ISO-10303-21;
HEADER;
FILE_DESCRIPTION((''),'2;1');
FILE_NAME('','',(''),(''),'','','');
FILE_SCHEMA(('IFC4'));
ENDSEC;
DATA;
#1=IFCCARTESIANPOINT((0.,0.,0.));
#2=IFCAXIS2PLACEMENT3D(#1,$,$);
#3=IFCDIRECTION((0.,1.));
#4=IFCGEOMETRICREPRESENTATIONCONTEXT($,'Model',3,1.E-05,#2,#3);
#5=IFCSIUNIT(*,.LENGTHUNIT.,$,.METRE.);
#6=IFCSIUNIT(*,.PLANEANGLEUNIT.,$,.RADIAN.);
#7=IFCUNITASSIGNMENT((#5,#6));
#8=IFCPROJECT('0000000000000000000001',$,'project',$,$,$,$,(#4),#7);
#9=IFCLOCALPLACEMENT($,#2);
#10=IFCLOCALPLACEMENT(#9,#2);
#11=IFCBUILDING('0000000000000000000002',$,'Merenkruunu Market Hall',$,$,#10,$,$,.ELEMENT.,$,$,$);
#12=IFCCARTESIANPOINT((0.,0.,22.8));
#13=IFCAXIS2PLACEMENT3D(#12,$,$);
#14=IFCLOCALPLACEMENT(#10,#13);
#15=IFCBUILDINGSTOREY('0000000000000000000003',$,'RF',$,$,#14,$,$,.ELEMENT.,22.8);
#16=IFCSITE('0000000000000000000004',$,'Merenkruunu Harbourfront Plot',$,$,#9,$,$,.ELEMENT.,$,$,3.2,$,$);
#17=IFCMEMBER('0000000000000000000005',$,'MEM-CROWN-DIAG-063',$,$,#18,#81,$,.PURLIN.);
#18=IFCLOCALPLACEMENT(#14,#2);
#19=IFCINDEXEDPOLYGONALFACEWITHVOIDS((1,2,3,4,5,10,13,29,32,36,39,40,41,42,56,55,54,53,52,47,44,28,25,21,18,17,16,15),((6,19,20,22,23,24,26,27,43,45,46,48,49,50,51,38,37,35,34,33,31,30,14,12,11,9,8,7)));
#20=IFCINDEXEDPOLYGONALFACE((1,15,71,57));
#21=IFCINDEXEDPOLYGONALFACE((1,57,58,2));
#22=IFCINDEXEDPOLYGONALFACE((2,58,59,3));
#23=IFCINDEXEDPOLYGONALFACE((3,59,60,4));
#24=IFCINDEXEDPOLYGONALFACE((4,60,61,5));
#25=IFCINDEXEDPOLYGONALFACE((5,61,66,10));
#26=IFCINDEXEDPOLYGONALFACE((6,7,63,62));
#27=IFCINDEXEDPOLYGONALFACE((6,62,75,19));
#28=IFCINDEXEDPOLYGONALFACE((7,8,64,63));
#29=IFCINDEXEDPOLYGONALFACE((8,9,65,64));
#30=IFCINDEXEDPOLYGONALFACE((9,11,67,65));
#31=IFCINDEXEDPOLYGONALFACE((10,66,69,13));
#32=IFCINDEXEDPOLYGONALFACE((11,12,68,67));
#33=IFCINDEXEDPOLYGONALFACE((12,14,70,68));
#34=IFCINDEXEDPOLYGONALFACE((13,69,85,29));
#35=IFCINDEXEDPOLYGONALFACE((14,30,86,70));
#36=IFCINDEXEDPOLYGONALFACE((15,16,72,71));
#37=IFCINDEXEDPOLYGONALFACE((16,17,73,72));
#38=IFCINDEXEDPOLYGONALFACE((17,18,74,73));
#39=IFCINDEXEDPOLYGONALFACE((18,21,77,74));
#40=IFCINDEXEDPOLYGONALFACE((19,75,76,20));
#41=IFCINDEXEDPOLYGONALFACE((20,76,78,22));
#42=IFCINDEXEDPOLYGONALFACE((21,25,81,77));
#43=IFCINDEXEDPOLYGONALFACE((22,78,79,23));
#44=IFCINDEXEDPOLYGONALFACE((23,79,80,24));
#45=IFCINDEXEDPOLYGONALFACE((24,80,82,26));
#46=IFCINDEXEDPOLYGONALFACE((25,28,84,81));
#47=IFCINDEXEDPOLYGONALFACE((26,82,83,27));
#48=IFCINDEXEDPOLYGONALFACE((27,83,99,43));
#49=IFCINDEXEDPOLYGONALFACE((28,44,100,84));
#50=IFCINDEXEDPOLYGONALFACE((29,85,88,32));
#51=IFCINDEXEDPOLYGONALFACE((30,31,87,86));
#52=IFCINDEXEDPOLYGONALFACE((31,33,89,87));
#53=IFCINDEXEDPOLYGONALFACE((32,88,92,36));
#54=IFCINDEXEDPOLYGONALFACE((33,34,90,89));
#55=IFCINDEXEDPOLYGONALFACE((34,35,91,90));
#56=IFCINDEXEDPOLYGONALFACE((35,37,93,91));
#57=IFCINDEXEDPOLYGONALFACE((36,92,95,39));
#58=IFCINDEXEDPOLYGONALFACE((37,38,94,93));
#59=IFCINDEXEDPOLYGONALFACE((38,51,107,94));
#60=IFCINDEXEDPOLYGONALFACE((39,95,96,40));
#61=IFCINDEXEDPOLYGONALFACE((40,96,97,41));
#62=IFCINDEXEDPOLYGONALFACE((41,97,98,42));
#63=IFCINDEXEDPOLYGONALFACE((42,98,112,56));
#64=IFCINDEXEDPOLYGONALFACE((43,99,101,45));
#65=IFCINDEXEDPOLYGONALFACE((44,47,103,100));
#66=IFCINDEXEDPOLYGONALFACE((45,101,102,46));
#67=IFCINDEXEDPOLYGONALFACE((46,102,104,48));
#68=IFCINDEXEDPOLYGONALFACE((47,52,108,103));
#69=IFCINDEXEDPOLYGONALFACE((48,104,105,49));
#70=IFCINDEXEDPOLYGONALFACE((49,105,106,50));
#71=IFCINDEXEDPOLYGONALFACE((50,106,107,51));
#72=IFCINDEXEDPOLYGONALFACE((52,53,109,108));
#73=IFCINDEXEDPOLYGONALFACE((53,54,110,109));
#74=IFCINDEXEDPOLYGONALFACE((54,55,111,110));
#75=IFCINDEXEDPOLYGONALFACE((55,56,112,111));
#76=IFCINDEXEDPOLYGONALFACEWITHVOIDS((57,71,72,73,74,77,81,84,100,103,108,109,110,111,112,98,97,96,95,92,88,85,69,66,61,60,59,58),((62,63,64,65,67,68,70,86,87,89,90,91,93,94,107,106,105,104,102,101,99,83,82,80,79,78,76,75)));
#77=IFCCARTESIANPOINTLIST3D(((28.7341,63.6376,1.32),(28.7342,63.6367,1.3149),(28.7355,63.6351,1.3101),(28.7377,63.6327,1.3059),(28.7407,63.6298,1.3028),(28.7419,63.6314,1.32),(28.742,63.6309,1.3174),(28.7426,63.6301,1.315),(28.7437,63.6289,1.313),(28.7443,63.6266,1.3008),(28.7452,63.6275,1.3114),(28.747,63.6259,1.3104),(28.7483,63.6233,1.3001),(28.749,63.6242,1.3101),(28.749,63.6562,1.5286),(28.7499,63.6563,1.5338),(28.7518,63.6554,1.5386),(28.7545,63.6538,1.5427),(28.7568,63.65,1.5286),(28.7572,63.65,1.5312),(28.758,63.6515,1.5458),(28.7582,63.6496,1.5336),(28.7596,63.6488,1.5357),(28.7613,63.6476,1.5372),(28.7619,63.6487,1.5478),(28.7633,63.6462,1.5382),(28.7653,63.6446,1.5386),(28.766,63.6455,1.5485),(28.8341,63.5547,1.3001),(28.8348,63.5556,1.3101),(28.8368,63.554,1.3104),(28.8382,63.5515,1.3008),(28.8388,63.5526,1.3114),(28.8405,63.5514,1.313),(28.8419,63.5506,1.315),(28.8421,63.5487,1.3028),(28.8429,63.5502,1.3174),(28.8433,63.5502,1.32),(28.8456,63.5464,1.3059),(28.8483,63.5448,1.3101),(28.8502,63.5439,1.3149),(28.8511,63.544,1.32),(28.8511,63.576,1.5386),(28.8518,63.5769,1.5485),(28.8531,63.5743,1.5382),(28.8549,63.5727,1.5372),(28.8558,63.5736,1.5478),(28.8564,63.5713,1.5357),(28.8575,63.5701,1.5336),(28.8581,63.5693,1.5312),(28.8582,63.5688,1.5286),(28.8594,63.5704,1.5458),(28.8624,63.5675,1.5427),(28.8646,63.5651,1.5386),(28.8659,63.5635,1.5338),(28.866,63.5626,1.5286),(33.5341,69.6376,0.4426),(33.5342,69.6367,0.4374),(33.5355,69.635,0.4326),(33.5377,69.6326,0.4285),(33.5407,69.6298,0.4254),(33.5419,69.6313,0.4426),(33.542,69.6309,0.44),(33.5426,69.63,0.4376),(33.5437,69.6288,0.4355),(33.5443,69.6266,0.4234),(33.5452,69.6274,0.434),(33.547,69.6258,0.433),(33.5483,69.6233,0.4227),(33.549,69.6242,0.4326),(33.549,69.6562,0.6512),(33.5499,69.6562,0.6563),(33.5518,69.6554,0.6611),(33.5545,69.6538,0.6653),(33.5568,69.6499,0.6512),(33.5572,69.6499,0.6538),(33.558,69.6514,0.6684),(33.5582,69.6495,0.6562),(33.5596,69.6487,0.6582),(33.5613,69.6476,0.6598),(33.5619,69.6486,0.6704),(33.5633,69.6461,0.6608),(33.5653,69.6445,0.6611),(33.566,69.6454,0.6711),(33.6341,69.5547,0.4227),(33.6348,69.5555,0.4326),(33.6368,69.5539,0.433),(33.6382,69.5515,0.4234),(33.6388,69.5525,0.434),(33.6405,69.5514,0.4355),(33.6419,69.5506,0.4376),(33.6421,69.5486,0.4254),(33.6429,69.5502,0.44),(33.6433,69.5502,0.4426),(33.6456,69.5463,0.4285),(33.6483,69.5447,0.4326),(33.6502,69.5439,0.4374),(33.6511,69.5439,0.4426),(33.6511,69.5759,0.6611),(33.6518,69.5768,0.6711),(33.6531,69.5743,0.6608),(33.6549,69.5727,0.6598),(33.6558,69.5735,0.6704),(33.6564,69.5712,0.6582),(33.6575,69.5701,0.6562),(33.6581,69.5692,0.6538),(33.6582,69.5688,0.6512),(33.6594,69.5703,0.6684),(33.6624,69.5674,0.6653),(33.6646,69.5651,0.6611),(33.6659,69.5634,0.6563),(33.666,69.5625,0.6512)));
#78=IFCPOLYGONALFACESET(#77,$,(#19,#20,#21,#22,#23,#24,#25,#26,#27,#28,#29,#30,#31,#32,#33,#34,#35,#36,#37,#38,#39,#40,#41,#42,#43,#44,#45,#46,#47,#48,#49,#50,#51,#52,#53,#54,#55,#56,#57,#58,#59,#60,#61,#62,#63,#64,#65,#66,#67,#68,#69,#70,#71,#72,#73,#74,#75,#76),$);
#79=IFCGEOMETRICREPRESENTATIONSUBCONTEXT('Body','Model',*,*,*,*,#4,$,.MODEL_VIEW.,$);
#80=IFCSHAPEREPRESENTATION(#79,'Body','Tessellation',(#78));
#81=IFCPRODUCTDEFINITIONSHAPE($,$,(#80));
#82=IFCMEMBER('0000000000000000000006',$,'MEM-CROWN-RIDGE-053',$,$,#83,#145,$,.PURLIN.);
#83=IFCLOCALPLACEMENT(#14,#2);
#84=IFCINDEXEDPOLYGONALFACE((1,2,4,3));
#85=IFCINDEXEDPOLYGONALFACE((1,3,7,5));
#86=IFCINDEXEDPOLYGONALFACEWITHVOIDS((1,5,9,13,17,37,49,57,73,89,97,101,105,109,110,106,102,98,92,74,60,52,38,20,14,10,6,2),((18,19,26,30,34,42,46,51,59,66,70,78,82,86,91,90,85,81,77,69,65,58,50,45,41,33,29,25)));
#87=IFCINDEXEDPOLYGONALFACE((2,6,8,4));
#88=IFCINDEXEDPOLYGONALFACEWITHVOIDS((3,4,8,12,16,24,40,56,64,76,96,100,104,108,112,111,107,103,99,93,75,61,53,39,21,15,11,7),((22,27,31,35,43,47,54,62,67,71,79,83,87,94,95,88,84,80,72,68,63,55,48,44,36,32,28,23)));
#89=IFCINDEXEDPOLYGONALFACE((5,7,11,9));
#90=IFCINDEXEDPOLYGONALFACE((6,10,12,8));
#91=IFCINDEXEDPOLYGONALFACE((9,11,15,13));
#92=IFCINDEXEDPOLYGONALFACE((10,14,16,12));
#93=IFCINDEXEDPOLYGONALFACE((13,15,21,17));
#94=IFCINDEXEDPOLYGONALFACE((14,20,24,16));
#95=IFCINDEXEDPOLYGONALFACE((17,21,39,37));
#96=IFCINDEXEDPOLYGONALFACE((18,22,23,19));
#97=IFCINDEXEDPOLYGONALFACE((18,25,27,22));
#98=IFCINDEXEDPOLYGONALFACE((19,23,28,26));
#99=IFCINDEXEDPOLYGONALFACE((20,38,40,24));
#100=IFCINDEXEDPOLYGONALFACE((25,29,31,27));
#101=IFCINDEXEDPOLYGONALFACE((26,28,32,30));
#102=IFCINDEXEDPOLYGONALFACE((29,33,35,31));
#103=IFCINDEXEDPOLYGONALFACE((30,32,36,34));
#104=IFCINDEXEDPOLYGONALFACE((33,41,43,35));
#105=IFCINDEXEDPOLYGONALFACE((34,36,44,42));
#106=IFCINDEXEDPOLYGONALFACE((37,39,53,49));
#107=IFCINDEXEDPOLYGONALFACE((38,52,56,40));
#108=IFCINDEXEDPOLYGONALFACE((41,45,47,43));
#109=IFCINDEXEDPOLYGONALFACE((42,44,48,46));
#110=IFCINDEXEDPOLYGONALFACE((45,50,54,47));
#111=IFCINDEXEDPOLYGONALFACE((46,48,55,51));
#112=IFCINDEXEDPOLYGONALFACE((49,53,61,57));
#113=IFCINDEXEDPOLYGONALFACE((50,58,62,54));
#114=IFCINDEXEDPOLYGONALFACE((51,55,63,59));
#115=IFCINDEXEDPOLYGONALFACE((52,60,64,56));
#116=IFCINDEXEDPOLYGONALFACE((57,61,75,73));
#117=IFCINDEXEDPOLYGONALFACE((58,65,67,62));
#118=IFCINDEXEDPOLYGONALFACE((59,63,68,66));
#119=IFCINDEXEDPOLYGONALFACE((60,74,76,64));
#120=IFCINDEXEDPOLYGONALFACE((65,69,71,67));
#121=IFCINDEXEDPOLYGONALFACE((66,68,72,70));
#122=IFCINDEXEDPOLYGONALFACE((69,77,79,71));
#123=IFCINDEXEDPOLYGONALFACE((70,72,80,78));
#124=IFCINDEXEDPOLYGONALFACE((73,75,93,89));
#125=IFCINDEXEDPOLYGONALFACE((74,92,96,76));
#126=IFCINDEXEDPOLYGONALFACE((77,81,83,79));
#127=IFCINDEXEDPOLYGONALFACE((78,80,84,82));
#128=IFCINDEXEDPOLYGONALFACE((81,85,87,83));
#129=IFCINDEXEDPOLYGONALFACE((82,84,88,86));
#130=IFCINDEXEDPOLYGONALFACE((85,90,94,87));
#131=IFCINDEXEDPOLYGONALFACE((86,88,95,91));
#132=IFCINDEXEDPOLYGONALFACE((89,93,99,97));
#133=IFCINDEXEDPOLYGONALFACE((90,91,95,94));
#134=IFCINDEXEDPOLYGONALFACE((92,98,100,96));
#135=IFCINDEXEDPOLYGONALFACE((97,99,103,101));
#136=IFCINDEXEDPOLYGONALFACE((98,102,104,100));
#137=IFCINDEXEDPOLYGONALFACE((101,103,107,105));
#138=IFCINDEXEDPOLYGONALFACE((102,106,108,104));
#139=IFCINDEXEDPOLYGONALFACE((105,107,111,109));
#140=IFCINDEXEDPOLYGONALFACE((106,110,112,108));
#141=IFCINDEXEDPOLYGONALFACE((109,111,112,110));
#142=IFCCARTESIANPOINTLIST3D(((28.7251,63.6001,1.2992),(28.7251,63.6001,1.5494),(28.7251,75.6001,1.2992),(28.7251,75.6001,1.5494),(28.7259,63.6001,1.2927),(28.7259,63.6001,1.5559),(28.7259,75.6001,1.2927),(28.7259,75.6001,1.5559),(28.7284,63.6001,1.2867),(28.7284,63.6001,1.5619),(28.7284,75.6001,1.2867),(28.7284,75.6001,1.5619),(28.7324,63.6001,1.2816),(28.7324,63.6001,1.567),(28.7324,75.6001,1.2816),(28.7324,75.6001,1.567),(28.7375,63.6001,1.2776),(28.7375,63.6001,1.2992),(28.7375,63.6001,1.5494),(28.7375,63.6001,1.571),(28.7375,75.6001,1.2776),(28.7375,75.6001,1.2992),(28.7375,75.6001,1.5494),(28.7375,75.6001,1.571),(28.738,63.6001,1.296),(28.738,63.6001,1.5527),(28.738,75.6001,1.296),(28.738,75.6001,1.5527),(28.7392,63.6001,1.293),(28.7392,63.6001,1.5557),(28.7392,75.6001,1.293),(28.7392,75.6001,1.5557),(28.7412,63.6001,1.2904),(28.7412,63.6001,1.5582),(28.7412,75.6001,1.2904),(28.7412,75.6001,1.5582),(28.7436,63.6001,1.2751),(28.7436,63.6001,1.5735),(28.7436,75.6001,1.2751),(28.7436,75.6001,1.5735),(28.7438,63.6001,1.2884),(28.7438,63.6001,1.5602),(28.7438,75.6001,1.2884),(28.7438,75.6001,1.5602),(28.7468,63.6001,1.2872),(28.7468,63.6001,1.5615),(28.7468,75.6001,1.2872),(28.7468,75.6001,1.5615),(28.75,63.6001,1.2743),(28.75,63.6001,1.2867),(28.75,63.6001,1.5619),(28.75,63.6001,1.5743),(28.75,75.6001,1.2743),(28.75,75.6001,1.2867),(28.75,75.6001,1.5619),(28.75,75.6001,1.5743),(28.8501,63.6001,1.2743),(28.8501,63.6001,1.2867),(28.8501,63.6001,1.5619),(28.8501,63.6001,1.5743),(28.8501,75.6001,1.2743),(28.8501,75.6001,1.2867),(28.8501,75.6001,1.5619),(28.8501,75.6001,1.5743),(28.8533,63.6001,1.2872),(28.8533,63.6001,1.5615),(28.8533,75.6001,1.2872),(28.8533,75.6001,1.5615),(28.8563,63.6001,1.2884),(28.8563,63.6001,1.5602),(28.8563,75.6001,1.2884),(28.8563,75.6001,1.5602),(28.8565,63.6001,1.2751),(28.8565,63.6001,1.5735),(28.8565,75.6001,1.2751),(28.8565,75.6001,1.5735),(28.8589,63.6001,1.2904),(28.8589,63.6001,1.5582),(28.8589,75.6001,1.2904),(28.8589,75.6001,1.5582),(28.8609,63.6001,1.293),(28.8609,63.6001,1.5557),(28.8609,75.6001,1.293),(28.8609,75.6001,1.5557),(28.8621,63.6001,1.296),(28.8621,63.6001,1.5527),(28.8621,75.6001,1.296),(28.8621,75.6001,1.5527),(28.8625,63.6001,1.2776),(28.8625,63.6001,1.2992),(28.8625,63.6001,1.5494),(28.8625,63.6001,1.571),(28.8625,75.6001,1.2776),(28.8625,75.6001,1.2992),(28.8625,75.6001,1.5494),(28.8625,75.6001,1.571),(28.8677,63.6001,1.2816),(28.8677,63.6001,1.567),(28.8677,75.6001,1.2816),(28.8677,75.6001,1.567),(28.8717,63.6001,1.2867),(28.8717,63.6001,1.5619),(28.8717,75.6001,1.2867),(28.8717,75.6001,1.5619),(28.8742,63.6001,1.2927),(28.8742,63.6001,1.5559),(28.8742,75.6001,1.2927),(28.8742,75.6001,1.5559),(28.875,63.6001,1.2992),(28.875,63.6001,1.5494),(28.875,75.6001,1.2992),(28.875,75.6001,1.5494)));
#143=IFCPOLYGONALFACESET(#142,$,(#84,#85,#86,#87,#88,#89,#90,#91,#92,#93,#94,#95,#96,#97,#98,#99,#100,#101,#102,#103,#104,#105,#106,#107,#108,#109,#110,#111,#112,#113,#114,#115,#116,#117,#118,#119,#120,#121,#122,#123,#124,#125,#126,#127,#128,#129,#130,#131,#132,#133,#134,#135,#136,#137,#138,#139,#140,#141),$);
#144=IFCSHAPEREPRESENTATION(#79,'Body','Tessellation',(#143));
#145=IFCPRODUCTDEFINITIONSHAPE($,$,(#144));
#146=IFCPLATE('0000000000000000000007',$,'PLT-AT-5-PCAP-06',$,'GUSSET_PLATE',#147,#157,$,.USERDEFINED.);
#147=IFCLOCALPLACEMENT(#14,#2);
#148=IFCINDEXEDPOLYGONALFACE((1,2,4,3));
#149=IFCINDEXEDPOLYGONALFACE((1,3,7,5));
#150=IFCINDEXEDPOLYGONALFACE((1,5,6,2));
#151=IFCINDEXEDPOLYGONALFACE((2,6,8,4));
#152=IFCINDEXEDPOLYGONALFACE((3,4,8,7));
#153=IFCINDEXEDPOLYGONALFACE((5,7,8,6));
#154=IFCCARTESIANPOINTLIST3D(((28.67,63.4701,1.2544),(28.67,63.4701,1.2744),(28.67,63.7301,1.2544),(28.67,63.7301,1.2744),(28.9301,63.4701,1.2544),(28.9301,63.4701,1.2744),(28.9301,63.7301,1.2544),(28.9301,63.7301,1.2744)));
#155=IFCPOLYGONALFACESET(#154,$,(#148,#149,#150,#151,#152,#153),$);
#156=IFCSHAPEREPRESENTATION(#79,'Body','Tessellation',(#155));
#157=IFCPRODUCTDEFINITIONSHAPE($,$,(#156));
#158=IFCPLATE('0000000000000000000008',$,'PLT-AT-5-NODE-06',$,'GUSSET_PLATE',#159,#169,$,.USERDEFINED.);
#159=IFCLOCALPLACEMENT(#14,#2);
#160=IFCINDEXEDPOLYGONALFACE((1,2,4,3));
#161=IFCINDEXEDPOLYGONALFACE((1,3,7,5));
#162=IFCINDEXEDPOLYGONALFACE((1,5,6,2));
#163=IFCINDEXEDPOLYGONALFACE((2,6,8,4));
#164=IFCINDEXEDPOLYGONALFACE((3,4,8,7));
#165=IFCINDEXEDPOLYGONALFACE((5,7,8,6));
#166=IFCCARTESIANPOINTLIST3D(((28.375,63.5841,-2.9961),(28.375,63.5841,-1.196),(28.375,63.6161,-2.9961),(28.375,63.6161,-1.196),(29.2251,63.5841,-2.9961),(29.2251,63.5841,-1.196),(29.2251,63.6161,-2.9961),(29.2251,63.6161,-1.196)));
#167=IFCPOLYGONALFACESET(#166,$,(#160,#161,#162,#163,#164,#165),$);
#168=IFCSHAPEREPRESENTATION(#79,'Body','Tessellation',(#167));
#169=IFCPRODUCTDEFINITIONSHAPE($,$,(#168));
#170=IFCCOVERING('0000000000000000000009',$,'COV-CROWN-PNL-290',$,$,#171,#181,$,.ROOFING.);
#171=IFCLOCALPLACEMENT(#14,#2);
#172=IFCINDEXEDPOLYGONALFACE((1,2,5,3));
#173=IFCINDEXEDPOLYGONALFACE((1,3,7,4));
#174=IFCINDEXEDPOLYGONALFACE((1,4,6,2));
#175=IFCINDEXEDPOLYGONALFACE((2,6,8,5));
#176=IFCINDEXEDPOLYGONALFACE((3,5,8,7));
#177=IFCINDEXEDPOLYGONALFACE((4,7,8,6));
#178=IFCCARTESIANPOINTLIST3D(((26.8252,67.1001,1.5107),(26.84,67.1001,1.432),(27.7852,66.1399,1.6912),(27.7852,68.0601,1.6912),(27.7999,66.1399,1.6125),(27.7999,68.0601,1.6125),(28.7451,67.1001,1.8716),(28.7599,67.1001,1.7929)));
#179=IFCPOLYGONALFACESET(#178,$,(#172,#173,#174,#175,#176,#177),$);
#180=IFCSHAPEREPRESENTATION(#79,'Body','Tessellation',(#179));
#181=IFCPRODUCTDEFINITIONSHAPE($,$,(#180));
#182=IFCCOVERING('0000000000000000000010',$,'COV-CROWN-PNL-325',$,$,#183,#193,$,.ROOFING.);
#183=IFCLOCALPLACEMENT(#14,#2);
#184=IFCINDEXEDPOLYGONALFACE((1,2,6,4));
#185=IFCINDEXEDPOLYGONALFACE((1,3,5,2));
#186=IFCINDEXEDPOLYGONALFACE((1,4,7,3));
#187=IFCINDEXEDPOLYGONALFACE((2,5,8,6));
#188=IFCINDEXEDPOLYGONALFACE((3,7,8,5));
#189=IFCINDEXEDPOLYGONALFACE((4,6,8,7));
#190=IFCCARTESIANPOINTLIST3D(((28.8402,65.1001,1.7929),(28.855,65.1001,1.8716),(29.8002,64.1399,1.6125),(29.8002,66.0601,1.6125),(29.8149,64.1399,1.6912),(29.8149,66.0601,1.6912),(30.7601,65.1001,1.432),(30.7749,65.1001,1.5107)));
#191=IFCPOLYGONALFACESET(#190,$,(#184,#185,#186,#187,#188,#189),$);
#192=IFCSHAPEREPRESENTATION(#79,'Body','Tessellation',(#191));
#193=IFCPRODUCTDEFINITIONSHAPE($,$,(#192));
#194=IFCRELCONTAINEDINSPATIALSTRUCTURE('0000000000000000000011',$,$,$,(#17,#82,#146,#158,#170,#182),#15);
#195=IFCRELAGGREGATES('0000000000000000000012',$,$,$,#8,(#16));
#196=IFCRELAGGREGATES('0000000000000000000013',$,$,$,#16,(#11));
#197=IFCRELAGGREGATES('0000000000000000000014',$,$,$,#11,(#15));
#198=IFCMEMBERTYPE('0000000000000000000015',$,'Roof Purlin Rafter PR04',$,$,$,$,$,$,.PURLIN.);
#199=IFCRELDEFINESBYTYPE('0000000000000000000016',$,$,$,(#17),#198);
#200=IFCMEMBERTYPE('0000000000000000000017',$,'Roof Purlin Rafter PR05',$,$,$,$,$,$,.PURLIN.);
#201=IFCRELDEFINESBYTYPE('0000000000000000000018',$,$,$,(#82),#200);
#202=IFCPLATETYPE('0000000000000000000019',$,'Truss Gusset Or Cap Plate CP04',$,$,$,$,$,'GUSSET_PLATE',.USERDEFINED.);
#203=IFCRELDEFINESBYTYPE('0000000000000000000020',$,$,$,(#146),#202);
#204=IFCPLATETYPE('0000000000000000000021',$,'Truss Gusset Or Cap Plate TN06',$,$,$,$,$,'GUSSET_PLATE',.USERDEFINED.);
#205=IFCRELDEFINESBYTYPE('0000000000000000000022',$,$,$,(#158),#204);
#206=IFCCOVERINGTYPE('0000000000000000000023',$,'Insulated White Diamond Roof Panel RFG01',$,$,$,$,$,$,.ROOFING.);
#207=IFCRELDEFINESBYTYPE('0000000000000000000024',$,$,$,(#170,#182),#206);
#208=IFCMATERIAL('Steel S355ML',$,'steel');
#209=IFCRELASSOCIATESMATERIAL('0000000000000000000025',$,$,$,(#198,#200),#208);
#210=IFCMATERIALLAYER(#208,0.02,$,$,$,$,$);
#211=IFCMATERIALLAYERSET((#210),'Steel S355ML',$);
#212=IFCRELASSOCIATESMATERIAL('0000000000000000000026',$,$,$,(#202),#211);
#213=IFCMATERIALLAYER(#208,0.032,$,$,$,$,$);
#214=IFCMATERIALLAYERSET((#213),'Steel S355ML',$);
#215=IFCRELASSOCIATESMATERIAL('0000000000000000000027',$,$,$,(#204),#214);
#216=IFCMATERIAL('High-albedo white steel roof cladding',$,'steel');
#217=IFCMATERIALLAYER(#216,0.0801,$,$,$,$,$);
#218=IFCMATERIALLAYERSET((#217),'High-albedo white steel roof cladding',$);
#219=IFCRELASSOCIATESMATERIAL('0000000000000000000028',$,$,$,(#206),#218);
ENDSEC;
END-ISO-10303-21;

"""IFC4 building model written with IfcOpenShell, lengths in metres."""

from ifc_helpers import new_model, si_unit, direction, frame, origin, origin_2d, place, context, subcontext, project, spatial, polyline, rectangle, hollow_rectangle, outline, extrude, material, layer, layer_set, material_profile, profile_set, type_object, element, save


model = new_model("IFC4")

# Units and contexts
model_context = context("Model", 3, precision=1e-05, world=origin(), true_north=direction((0.0, 1.0)))
body_context = subcontext(model_context, "Body", "Model", "MODEL_VIEW")
ifc_project = project(units=[si_unit("LENGTHUNIT", "METRE"), si_unit("PLANEANGLEUNIT", "RADIAN")], contexts=[model_context])

# Site, building, storey
site_placement = place(None, origin())
site = spatial("IfcSite", under=ifc_project, at=site_placement, Name="Merenkruunu Harbourfront Plot", CompositionType="ELEMENT", RefElevation=3.2)
building_placement = place(site_placement, origin())
building = spatial("IfcBuilding", under=site, at=building_placement, Name="Merenkruunu Market Hall", CompositionType="ELEMENT")
storey_placement = place(building_placement, frame((0.0, 0.0, 22.8)))
storey = spatial("IfcBuildingStorey", under=building, at=storey_placement, Name="RF", CompositionType="ELEMENT", Elevation=22.8)

# Members
ifc_material_1 = material(Name="Steel S355ML", Category="steel")
ifc_material_profile_1 = material_profile(ifc_material_1, hollow_rectangle(XDim=0.1499, YDim=0.25, WallThickness=0.01, InnerFilletRadius=0.01, OuterFilletRadius=0.02, at=origin_2d()), Name="RHS 250x150x10")
ifc_profile_set_1 = profile_set([ifc_material_profile_1], Name="Steel S355ML")
member_type_1 = type_object("IfcMemberType", Name="Roof Purlin Rafter PR04", PredefinedType="PURLIN", material=ifc_profile_set_1)
for number, where, z_axis, x_axis, name in (
    (1, (28.8, 63.6001, 1.4243), (0.620665, 0.775824, -0.113457), (-0.780866, 0.624699, 0.0), "MEM-CROWN-DIAG-063"),
):
    element("IfcMember", number, at=place(storey_placement, frame(where, z_axis=z_axis, x_axis=x_axis)), inside=storey, type_object=member_type_1, Name=name, PredefinedType="PURLIN", context=body_context, shape_type="SweptSolid", body=[
        extrude(hollow_rectangle(XDim=0.1499, YDim=0.25, WallThickness=0.01, InnerFilletRadius=0.01, OuterFilletRadius=0.02, at=origin_2d()), origin(), (0.0, 0.0, 1.0), 7.7336),
    ])
ifc_material_profile_2 = material_profile(ifc_material_1, hollow_rectangle(XDim=0.1499, YDim=0.3, WallThickness=0.0125, InnerFilletRadius=0.0125, OuterFilletRadius=0.0249, at=origin_2d()), Name="RHS 300x150x12.5")
ifc_profile_set_2 = profile_set([ifc_material_profile_2], Name="Steel S355ML")
member_type_2 = type_object("IfcMemberType", Name="Roof Purlin Rafter PR05", PredefinedType="PURLIN", material=ifc_profile_set_2)
member_1_placement = place(storey_placement, frame((28.8, 63.6001, 1.4243), z_axis=(0.0, 1.0, 0.0), x_axis=(-1.0, 0.0, 0.0)))
element("IfcMember", 2, at=member_1_placement, inside=storey, type_object=member_type_2, Name="MEM-CROWN-RIDGE-053", PredefinedType="PURLIN", context=body_context, shape_type="SweptSolid", body=[
    extrude(hollow_rectangle(XDim=0.1499, YDim=0.3, WallThickness=0.0125, InnerFilletRadius=0.0125, OuterFilletRadius=0.0249, at=origin_2d()), origin(), (0.0, 0.0, 1.0), 12.0),
])

# Plates
ifc_layer_1 = layer(ifc_material_1, 0.02)
ifc_layer_set_1 = layer_set([ifc_layer_1], Name="Steel S355ML")
plate_type_1 = type_object("IfcPlateType", Name="Truss Gusset Or Cap Plate CP04", ElementType="GUSSET_PLATE", PredefinedType="USERDEFINED", material=ifc_layer_set_1)
plate_1_placement = place(storey_placement, frame((28.8, 63.6001, 1.2544), z_axis=(0.0, 0.0, 1.0), x_axis=(1.0, 0.0, 0.0)))
element("IfcPlate", 3, at=plate_1_placement, inside=storey, type_object=plate_type_1, Name="PLT-AT-5-PCAP-06", ObjectType="GUSSET_PLATE", PredefinedType="USERDEFINED", context=body_context, shape_type="SweptSolid", body=[
    extrude(rectangle(XDim=0.26, YDim=0.26, at=origin_2d()), origin(), (0.0, 0.0, 1.0), 0.02),
])
ifc_layer_2 = layer(ifc_material_1, 0.032)
ifc_layer_set_2 = layer_set([ifc_layer_2], Name="Steel S355ML")
plate_type_2 = type_object("IfcPlateType", Name="Truss Gusset Or Cap Plate TN06", ElementType="GUSSET_PLATE", PredefinedType="USERDEFINED", material=ifc_layer_set_2)
plate_2_placement = place(storey_placement, frame((28.8, 63.6001, -2.9961), z_axis=(0.0, 0.0, 1.0), x_axis=(1.0, 0.0, 0.0)))
element("IfcPlate", 4, at=plate_2_placement, inside=storey, type_object=plate_type_2, Name="PLT-AT-5-NODE-06", ObjectType="GUSSET_PLATE", PredefinedType="USERDEFINED", context=body_context, shape_type="SweptSolid", body=[
    extrude(rectangle(XDim=0.8501, YDim=0.032, at=origin_2d()), origin(), (0.0, 0.0, 1.0), 1.8),
])

# Coverings
ifc_material_2 = material(Name="High-albedo white steel roof cladding", Category="steel")
ifc_layer_3 = layer(ifc_material_2, 0.0801)
ifc_layer_set_3 = layer_set([ifc_layer_3], Name="High-albedo white steel roof cladding")
covering_type_1 = type_object("IfcCoveringType", Name="Insulated White Diamond Roof Panel RFG01", PredefinedType="ROOFING", material=ifc_layer_set_3)
for number, where, z_axis, x_axis, name in (
    (5, (26.8252, 67.1001, 1.5107), (-0.184711, 0.0, 0.982793), (0.700856, -0.701035, 0.131722), "COV-CROWN-PNL-290"),
    (6, (28.855, 65.1001, 1.8716), (0.184711, 0.0, 0.982793), (0.700856, -0.701035, -0.131722), "COV-CROWN-PNL-325"),
):
    element("IfcCovering", number, at=place(storey_placement, frame(where, z_axis=z_axis, x_axis=x_axis)), inside=storey, type_object=covering_type_1, Name=name, PredefinedType="ROOFING", context=body_context, shape_type="SweptSolid", body=[
        extrude(outline(polyline([(0.0, 0.0), (1.3697, 0.0), (1.3931, 1.3695), (0.0236, 1.3693), (0.0, 0.0)])), origin(), (0.0, 0.0, -1.0), 0.0801),
    ])

save(model, "model.ifc")
